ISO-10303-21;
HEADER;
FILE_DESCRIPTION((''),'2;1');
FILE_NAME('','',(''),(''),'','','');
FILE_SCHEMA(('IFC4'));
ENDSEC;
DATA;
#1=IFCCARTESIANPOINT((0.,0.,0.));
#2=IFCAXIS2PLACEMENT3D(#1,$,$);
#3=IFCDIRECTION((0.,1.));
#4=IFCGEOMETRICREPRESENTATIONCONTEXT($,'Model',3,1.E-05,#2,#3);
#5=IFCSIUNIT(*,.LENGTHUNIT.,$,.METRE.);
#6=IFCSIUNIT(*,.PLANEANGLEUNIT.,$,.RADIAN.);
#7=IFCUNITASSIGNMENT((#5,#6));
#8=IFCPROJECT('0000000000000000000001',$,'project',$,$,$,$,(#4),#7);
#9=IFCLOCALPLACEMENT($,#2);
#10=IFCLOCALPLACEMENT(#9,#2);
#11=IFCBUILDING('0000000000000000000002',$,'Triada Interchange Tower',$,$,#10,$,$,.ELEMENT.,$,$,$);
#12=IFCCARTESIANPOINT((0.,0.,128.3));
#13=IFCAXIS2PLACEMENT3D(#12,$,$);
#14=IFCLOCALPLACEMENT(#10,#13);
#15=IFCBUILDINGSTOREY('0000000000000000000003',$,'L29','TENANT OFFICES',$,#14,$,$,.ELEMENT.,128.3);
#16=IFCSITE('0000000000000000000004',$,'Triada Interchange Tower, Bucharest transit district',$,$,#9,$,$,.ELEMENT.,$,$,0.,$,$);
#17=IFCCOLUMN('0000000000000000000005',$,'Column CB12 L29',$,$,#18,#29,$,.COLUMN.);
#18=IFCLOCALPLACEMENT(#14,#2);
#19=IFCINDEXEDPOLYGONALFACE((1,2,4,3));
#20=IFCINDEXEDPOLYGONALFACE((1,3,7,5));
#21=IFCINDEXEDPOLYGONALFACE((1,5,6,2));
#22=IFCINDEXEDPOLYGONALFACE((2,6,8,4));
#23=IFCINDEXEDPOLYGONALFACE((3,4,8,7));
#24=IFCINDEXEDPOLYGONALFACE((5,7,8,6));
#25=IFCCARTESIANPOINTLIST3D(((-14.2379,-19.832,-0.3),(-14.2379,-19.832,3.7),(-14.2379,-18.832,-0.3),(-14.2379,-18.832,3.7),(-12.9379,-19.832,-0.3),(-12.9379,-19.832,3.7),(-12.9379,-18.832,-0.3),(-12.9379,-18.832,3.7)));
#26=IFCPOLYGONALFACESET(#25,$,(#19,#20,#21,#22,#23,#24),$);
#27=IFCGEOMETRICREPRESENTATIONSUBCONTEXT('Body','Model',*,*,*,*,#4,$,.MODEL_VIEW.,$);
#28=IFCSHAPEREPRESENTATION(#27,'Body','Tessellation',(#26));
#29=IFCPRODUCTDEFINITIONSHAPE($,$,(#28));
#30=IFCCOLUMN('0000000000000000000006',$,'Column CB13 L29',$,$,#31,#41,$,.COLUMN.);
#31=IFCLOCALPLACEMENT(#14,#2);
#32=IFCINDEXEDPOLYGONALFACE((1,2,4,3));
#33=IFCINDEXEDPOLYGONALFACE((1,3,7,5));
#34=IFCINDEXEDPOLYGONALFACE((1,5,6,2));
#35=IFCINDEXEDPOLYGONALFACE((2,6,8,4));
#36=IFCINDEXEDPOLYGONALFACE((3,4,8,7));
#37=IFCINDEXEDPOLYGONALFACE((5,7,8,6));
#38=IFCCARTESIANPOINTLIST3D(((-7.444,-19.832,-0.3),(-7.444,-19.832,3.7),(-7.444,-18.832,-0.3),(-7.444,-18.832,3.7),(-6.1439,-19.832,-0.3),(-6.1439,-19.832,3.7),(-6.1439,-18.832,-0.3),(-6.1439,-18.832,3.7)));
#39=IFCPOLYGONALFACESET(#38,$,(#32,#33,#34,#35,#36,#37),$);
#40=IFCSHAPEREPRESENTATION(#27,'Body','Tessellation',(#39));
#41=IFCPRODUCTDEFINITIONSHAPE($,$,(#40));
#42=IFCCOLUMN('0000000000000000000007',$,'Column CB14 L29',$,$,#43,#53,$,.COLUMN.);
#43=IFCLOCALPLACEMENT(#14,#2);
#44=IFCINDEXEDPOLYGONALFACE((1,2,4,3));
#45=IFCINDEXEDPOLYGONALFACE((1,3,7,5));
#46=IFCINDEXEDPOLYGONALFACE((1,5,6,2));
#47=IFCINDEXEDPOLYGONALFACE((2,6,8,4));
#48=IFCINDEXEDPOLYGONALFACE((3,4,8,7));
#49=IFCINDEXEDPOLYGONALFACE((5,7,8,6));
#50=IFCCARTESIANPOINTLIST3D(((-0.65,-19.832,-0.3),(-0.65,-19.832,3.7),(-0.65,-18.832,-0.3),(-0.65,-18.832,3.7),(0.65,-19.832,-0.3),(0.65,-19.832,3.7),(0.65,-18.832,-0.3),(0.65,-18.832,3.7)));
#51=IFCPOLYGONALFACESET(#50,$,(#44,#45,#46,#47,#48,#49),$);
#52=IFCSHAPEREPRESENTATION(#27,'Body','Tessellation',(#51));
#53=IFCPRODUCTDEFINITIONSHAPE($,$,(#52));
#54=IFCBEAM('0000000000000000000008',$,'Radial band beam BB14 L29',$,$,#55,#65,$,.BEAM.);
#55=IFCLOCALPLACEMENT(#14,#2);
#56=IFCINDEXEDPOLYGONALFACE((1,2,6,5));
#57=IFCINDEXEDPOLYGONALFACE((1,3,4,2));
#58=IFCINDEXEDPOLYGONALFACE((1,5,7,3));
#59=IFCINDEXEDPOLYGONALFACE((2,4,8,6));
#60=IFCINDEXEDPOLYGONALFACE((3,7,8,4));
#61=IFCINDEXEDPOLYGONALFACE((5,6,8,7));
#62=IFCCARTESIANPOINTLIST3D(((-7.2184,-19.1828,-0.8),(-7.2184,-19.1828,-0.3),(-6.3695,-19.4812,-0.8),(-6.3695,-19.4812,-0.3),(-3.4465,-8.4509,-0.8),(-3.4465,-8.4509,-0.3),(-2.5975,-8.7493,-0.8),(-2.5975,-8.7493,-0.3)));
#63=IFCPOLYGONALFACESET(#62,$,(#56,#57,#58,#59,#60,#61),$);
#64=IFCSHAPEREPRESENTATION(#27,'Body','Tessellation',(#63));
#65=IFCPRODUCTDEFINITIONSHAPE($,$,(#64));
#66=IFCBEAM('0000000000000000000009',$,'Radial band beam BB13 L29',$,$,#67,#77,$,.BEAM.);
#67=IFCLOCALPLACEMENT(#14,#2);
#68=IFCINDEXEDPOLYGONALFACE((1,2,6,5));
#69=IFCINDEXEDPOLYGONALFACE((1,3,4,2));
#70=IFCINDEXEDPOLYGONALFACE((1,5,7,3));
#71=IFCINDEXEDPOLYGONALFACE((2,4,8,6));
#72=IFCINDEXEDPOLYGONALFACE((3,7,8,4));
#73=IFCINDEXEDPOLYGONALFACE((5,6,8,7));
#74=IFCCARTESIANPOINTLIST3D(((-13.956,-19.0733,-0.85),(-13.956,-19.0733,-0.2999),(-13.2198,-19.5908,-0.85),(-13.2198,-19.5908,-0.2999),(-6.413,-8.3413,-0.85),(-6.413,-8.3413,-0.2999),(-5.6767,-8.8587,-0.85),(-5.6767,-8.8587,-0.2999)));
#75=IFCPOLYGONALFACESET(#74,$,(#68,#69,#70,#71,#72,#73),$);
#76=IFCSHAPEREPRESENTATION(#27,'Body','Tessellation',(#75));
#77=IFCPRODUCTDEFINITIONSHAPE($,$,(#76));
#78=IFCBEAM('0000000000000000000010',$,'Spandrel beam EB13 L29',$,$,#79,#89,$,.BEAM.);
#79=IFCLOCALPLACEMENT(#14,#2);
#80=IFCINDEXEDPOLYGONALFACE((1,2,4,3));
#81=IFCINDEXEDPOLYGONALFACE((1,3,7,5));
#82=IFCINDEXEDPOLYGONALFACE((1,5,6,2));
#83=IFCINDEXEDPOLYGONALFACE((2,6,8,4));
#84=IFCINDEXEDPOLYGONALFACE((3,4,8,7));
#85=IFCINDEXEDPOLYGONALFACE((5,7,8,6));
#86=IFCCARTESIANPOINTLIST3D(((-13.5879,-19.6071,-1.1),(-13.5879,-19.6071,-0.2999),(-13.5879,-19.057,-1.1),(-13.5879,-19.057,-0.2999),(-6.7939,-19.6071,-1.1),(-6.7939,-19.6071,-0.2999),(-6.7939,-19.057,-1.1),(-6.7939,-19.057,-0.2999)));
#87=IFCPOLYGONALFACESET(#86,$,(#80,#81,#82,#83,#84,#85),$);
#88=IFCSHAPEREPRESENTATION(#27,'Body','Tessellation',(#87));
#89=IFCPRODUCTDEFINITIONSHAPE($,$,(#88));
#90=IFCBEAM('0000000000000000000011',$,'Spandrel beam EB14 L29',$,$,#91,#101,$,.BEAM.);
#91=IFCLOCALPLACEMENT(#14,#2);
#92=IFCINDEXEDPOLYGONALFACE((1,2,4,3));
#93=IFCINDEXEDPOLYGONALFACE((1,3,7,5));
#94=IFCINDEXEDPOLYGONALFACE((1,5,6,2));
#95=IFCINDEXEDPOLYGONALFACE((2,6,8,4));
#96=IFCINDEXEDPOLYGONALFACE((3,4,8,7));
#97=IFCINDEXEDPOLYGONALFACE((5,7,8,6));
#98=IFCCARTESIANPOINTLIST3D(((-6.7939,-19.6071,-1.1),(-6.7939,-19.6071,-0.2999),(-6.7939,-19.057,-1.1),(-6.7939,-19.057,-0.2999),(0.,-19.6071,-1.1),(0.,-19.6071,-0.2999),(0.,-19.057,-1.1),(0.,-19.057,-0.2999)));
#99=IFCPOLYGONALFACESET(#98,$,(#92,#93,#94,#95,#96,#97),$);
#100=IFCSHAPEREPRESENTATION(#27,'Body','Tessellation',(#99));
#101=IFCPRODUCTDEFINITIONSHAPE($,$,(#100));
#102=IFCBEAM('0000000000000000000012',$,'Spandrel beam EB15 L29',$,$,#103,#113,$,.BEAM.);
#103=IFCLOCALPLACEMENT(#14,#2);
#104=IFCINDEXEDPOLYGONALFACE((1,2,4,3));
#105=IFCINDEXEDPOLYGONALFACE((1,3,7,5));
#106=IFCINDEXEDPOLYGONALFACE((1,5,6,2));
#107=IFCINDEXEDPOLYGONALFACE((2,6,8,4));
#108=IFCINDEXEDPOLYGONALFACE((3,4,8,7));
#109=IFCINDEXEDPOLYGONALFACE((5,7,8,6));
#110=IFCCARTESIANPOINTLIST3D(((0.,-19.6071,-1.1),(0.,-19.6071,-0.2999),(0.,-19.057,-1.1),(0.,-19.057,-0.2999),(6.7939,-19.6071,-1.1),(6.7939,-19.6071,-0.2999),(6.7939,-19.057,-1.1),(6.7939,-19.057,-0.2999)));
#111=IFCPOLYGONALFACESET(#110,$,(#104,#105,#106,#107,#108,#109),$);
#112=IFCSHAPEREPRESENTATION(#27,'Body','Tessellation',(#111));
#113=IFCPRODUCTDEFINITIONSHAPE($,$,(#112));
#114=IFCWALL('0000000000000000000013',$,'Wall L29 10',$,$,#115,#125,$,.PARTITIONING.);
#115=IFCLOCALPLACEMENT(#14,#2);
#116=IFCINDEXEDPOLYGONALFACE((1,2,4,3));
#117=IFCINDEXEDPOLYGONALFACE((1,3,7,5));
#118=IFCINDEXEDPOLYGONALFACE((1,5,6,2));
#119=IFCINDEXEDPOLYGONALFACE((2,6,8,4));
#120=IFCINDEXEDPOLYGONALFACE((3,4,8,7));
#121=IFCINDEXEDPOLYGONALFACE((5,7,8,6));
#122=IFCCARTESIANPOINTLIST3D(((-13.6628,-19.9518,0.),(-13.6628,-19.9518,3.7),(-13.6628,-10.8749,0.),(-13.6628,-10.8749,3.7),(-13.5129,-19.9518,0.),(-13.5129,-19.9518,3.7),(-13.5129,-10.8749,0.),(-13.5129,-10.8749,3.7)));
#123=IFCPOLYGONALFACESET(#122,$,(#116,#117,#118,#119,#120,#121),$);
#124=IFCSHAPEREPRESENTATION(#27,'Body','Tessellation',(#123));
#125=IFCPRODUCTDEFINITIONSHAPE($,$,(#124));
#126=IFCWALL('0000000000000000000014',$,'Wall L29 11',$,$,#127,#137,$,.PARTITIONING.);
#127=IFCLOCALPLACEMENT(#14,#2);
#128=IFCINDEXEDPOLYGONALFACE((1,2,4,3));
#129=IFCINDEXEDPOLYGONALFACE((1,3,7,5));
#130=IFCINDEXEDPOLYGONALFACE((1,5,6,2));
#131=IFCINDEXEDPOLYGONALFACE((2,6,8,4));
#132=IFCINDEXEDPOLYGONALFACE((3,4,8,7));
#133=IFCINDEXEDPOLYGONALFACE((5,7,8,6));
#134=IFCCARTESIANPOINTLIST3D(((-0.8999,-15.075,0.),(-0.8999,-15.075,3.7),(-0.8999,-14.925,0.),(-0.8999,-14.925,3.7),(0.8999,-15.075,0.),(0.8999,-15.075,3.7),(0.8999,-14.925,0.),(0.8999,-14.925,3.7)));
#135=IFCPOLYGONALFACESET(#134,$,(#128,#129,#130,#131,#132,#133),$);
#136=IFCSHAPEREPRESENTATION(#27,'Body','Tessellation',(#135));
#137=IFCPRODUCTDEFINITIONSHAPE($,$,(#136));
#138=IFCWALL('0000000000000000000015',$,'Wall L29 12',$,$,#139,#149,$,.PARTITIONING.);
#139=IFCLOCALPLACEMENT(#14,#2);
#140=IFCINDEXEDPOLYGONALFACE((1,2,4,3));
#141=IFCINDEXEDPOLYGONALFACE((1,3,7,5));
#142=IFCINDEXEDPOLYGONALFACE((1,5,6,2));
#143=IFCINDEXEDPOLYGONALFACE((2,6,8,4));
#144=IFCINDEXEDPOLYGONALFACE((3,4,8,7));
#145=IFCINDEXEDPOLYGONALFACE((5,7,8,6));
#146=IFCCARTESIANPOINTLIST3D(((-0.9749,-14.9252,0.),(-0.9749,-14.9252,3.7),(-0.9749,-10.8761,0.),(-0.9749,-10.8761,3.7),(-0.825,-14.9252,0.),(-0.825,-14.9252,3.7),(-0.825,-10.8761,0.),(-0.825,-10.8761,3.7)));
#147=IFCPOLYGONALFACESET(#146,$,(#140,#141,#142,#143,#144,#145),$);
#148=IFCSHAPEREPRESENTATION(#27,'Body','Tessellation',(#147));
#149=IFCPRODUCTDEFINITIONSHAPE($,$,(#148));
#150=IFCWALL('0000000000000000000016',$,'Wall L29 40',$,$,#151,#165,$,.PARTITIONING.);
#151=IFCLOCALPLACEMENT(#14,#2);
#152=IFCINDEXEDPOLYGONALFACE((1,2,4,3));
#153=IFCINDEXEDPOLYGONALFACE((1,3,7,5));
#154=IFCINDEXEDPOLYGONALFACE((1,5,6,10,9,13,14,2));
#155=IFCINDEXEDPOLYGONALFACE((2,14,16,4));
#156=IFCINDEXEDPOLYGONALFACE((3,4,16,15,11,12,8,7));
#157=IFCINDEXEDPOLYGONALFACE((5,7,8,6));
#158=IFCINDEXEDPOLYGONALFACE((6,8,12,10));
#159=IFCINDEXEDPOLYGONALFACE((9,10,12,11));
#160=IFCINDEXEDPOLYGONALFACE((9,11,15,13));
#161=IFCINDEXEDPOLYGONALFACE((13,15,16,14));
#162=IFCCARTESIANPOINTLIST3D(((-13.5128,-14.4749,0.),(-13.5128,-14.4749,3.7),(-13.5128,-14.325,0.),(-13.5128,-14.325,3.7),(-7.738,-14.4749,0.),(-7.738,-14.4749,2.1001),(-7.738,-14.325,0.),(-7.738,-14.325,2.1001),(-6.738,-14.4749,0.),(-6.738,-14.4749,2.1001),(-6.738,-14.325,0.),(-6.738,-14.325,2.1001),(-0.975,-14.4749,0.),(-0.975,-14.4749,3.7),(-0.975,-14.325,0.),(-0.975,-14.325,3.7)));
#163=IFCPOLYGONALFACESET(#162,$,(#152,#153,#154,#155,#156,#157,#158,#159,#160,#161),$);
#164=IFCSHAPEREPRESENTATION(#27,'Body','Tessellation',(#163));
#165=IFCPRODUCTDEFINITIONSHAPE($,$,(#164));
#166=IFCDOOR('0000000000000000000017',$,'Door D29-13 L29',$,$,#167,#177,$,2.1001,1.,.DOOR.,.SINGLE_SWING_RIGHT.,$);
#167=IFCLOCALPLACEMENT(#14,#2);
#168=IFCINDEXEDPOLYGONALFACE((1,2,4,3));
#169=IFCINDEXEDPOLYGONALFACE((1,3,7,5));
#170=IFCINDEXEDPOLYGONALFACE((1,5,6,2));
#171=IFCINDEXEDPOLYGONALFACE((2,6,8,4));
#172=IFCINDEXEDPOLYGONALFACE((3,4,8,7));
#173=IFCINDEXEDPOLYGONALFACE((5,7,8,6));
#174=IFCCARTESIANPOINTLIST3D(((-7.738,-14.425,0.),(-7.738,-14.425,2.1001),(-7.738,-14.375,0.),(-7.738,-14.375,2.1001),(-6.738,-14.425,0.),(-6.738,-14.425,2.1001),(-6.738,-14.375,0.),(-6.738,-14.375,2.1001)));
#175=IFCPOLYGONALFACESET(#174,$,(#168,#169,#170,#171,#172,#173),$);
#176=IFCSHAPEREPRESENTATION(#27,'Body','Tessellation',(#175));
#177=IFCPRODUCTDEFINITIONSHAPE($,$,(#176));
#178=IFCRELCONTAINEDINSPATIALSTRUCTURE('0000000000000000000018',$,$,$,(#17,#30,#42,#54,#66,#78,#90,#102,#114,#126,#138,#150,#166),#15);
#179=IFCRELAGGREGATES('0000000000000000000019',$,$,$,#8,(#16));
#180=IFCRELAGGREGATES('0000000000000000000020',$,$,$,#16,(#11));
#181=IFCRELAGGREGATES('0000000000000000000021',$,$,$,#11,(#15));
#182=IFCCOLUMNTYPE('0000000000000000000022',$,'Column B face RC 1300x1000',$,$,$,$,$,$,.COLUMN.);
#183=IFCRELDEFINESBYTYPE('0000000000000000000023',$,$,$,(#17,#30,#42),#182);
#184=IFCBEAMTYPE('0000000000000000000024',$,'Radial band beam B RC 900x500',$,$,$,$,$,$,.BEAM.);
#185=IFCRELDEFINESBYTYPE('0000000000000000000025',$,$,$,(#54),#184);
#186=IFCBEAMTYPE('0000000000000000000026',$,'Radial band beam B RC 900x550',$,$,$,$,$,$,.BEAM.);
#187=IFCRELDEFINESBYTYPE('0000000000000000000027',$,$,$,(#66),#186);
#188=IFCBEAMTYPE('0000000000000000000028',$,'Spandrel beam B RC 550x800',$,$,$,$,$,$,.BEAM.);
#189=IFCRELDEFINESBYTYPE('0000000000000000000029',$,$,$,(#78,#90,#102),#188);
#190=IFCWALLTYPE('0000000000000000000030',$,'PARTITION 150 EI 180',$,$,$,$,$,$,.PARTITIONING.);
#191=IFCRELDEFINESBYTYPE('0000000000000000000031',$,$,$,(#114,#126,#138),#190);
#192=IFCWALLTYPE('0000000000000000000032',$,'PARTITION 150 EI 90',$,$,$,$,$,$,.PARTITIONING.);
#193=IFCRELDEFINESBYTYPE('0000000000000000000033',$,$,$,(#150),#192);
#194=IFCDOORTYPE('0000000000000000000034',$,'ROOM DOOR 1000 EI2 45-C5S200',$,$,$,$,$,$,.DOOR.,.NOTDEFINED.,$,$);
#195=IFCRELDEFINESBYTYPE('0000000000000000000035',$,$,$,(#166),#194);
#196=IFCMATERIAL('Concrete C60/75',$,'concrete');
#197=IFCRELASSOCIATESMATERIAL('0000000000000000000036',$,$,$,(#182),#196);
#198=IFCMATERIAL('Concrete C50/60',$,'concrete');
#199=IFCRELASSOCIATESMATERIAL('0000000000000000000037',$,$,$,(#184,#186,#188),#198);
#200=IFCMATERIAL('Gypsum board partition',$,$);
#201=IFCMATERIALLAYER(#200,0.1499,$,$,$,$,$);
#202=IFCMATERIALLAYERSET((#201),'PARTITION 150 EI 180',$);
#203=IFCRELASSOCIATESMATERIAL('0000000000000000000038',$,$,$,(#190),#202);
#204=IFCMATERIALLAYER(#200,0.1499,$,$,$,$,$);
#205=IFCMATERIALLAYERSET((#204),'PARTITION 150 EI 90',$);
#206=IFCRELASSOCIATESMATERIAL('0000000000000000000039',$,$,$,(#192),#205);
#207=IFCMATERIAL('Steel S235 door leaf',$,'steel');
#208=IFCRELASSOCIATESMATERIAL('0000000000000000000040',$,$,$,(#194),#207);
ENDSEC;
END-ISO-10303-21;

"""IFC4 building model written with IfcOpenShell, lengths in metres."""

from ifc_helpers import new_model, si_unit, direction, frame, frame_2d, origin, origin_2d, place, context, subcontext, project, spatial, rectangle, extrude, material, layer, layer_set, material_profile, profile_set, type_object, element, fill, save


model = new_model("IFC4")

# Units and contexts
model_context = context("Model", 3, precision=1e-05, world=origin(), true_north=direction((0.0, 1.0)))
body_context = subcontext(model_context, "Body", "Model", "MODEL_VIEW")
ifc_project = project(units=[si_unit("LENGTHUNIT", "METRE"), si_unit("PLANEANGLEUNIT", "RADIAN")], contexts=[model_context])

# Site, building, storey
site_placement = place(None, origin())
site = spatial("IfcSite", under=ifc_project, at=site_placement, Name="Triada Interchange Tower, Bucharest transit district", CompositionType="ELEMENT", RefElevation=0.0)
building_placement = place(site_placement, origin())
building = spatial("IfcBuilding", under=site, at=building_placement, Name="Triada Interchange Tower", CompositionType="ELEMENT")
storey_placement = place(building_placement, frame((0.0, 0.0, 128.3)))
storey = spatial("IfcBuildingStorey", under=building, at=storey_placement, Name="L29", Description="TENANT OFFICES", CompositionType="ELEMENT", Elevation=128.3)

# Columns
ifc_material_1 = material(Name="Concrete C60/75", Category="concrete")
ifc_material_profile_1 = material_profile(ifc_material_1, rectangle(XDim=1.3, YDim=1.0, at=origin_2d()), Name="RC 1300x1000")
ifc_profile_set_1 = profile_set([ifc_material_profile_1], Name="Concrete C60/75")
column_type = type_object("IfcColumnType", Name="Column B face RC 1300x1000", PredefinedType="COLUMN", material=ifc_profile_set_1)
for number, where, z_axis, x_axis, name in (
    (1, (-13.5879, -19.332, -0.3), (0.0, 0.0, 1.0), (1.0, 0.0, 0.0), "Column CB12 L29"),
    (2, (-6.7939, -19.332, -0.3), (0.0, 0.0, 1.0), (1.0, 0.0, 0.0), "Column CB13 L29"),
    (3, (0.0, -19.332, -0.3), (0.0, 0.0, 1.0), (1.0, 0.0, 0.0), "Column CB14 L29"),
):
    element("IfcColumn", number, at=place(storey_placement, frame(where, z_axis=z_axis, x_axis=x_axis)), inside=storey, type_object=column_type, Name=name, PredefinedType="COLUMN", context=body_context, shape_type="SweptSolid", body=[
        extrude(rectangle(XDim=1.3, YDim=1.0, at=origin_2d()), origin(), (0.0, 0.0, 1.0), 4.0),
    ])

# Beams
ifc_material_2 = material(Name="Concrete C50/60", Category="concrete")
ifc_material_profile_2 = material_profile(ifc_material_2, rectangle(XDim=0.8999, YDim=0.5, at=origin_2d()), Name="RC 900x500")
ifc_profile_set_2 = profile_set([ifc_material_profile_2], Name="Concrete C50/60")
beam_type_1 = type_object("IfcBeamType", Name="Radial band beam B RC 900x500", PredefinedType="BEAM", material=ifc_profile_set_2)
beam_1_placement = place(storey_placement, frame((-6.7939, -19.332, -0.55), z_axis=(0.331587, 0.943425, 0.0), x_axis=(-0.943425, 0.331587, 0.0)))
element("IfcBeam", 4, at=beam_1_placement, inside=storey, type_object=beam_type_1, Name="Radial band beam BB14 L29", PredefinedType="BEAM", context=body_context, shape_type="SweptSolid", body=[
    extrude(rectangle(XDim=0.8999, YDim=0.5, at=origin_2d()), origin(), (0.0, 0.0, 1.0), 11.3755),
])
ifc_material_profile_3 = material_profile(ifc_material_2, rectangle(XDim=0.8999, YDim=0.55, at=origin_2d()), Name="RC 900x550")
ifc_profile_set_3 = profile_set([ifc_material_profile_3], Name="Concrete C50/60")
beam_type_2 = type_object("IfcBeamType", Name="Radial band beam B RC 900x550", PredefinedType="BEAM", material=ifc_profile_set_3)
beam_2_placement = place(storey_placement, frame((-13.5879, -19.332, -0.575), z_axis=(0.575028, 0.818134, 0.0), x_axis=(-0.818134, 0.575028, 0.0)))
element("IfcBeam", 5, at=beam_2_placement, inside=storey, type_object=beam_type_2, Name="Radial band beam BB13 L29", PredefinedType="BEAM", context=body_context, shape_type="SweptSolid", body=[
    extrude(rectangle(XDim=0.8999, YDim=0.55, at=origin_2d()), origin(), (0.0, 0.0, 1.0), 13.1177),
])
ifc_material_profile_4 = material_profile(ifc_material_2, rectangle(XDim=0.55, YDim=0.8, at=origin_2d()), Name="RC 550x800")
ifc_profile_set_4 = profile_set([ifc_material_profile_4], Name="Concrete C50/60")
beam_type_3 = type_object("IfcBeamType", Name="Spandrel beam B RC 550x800", PredefinedType="BEAM", material=ifc_profile_set_4)
for number, where, z_axis, x_axis, name in (
    (6, (-13.5879, -19.332, -0.7), (1.0, 0.0, 0.0), (0.0, 1.0, 0.0), "Spandrel beam EB13 L29"),
    (7, (-6.7939, -19.332, -0.7), (1.0, 0.0, 0.0), (0.0, 1.0, 0.0), "Spandrel beam EB14 L29"),
    (8, (0.0, -19.332, -0.7), (1.0, 0.0, 0.0), (0.0, 1.0, 0.0), "Spandrel beam EB15 L29"),
):
    element("IfcBeam", number, at=place(storey_placement, frame(where, z_axis=z_axis, x_axis=x_axis)), inside=storey, type_object=beam_type_3, Name=name, PredefinedType="BEAM", context=body_context, shape_type="SweptSolid", body=[
        extrude(rectangle(XDim=0.55, YDim=0.8, at=origin_2d()), origin(), (0.0, 0.0, 1.0), 6.7939),
    ])

# Shared definitions
ifc_material_3 = material(Name="Steel S235 door leaf", Category="steel")

# Walls
ifc_material_4 = material(Name="Gypsum board partition")
ifc_layer_1 = layer(ifc_material_4, 0.1499)
ifc_layer_set_1 = layer_set([ifc_layer_1], Name="PARTITION 150 EI 180")
wall_type_1 = type_object("IfcWallType", Name="PARTITION 150 EI 180", PredefinedType="PARTITIONING", material=ifc_layer_set_1)
wall_1_placement = place(storey_placement, frame((-13.5879, -19.9519, 0.0), z_axis=(0.0, 0.0, 1.0), x_axis=(0.0, 1.0, 0.0)))
element("IfcWall", 9, at=wall_1_placement, inside=storey, type_object=wall_type_1, Name="Wall L29 10", PredefinedType="PARTITIONING", context=body_context, shape_type="SweptSolid", body=[
    extrude(rectangle(XDim=9.0769, YDim=0.1499, at=frame_2d((4.5386, 0.0))), origin(), (0.0, 0.0, 1.0), 3.7),
])
wall_2_placement = place(storey_placement, frame((-0.8999, -15.0, 0.0), z_axis=(0.0, 0.0, 1.0), x_axis=(1.0, 0.0, 0.0)))
element("IfcWall", 10, at=wall_2_placement, inside=storey, type_object=wall_type_1, Name="Wall L29 11", PredefinedType="PARTITIONING", context=body_context, shape_type="SweptSolid", body=[
    extrude(rectangle(XDim=1.7998, YDim=0.1499, at=frame_2d((0.8999, 0.0))), origin(), (0.0, 0.0, 1.0), 3.7),
])
wall_3_placement = place(storey_placement, frame((-0.8999, -14.925, 0.0), z_axis=(0.0, 0.0, 1.0), x_axis=(0.0, 1.0, 0.0)))
element("IfcWall", 11, at=wall_3_placement, inside=storey, type_object=wall_type_1, Name="Wall L29 12", PredefinedType="PARTITIONING", context=body_context, shape_type="SweptSolid", body=[
    extrude(rectangle(XDim=4.0491, YDim=0.1499, at=frame_2d((2.0244, 0.0))), origin(), (0.0, 0.0, 1.0), 3.7),
])

# Wall, opening, door
ifc_layer_2 = layer(ifc_material_4, 0.1499)
ifc_layer_set_2 = layer_set([ifc_layer_2], Name="PARTITION 150 EI 90")
wall_type_2 = type_object("IfcWallType", Name="PARTITION 150 EI 90", PredefinedType="PARTITIONING", material=ifc_layer_set_2)
wall_4_placement = place(storey_placement, frame((-13.5129, -14.3999, 0.0), z_axis=(0.0, 0.0, 1.0), x_axis=(1.0, 0.0, 0.0)))
wall_4 = element("IfcWall", 12, at=wall_4_placement, inside=storey, type_object=wall_type_2, Name="Wall L29 40", PredefinedType="PARTITIONING", context=body_context, shape_type="SweptSolid", body=[
    extrude(rectangle(XDim=12.5378, YDim=0.1499, at=frame_2d((6.269, 0.0))), origin(), (0.0, 0.0, 1.0), 3.7),
])
opening_1_placement = place(wall_4_placement, frame((5.7749, 0.0, 0.0)))
opening_1 = element("IfcOpeningElement", 13, at=opening_1_placement, cuts=wall_4, PredefinedType="OPENING", context=body_context, shape_type="SweptSolid", body=[
    extrude(rectangle(XDim=1.0, YDim=2.1001, at=frame_2d((0.5, 1.05))), frame((0.0, 0.085, 0.0), z_axis=(0.0, -1.0, 0.0), x_axis=(1.0, 0.0, 0.0)), (0.0, 0.0, 1.0), 0.1699),
])
door_type_1 = type_object("IfcDoorType", Name="ROOM DOOR 1000 EI2 45-C5S200", OperationType="NOTDEFINED", PredefinedType="DOOR", material=ifc_material_3)
door_1_placement = place(opening_1_placement, origin())
door_1 = element("IfcDoor", 14, at=door_1_placement, inside=storey, type_object=door_type_1, Name="Door D29-13 L29", OperationType="SINGLE_SWING_RIGHT", OverallHeight=2.1001, OverallWidth=1.0, PredefinedType="DOOR", context=body_context, shape_type="SweptSolid", body=[
    extrude(rectangle(XDim=1.0, YDim=2.1001, at=frame_2d((0.5, 1.05))), frame((0.0, 0.0249, 0.0), z_axis=(0.0, -1.0, 0.0), x_axis=(1.0, 0.0, 0.0)), (0.0, 0.0, 1.0), 0.05),
])
fill(opening_1, door_1)

save(model, "model.ifc")
